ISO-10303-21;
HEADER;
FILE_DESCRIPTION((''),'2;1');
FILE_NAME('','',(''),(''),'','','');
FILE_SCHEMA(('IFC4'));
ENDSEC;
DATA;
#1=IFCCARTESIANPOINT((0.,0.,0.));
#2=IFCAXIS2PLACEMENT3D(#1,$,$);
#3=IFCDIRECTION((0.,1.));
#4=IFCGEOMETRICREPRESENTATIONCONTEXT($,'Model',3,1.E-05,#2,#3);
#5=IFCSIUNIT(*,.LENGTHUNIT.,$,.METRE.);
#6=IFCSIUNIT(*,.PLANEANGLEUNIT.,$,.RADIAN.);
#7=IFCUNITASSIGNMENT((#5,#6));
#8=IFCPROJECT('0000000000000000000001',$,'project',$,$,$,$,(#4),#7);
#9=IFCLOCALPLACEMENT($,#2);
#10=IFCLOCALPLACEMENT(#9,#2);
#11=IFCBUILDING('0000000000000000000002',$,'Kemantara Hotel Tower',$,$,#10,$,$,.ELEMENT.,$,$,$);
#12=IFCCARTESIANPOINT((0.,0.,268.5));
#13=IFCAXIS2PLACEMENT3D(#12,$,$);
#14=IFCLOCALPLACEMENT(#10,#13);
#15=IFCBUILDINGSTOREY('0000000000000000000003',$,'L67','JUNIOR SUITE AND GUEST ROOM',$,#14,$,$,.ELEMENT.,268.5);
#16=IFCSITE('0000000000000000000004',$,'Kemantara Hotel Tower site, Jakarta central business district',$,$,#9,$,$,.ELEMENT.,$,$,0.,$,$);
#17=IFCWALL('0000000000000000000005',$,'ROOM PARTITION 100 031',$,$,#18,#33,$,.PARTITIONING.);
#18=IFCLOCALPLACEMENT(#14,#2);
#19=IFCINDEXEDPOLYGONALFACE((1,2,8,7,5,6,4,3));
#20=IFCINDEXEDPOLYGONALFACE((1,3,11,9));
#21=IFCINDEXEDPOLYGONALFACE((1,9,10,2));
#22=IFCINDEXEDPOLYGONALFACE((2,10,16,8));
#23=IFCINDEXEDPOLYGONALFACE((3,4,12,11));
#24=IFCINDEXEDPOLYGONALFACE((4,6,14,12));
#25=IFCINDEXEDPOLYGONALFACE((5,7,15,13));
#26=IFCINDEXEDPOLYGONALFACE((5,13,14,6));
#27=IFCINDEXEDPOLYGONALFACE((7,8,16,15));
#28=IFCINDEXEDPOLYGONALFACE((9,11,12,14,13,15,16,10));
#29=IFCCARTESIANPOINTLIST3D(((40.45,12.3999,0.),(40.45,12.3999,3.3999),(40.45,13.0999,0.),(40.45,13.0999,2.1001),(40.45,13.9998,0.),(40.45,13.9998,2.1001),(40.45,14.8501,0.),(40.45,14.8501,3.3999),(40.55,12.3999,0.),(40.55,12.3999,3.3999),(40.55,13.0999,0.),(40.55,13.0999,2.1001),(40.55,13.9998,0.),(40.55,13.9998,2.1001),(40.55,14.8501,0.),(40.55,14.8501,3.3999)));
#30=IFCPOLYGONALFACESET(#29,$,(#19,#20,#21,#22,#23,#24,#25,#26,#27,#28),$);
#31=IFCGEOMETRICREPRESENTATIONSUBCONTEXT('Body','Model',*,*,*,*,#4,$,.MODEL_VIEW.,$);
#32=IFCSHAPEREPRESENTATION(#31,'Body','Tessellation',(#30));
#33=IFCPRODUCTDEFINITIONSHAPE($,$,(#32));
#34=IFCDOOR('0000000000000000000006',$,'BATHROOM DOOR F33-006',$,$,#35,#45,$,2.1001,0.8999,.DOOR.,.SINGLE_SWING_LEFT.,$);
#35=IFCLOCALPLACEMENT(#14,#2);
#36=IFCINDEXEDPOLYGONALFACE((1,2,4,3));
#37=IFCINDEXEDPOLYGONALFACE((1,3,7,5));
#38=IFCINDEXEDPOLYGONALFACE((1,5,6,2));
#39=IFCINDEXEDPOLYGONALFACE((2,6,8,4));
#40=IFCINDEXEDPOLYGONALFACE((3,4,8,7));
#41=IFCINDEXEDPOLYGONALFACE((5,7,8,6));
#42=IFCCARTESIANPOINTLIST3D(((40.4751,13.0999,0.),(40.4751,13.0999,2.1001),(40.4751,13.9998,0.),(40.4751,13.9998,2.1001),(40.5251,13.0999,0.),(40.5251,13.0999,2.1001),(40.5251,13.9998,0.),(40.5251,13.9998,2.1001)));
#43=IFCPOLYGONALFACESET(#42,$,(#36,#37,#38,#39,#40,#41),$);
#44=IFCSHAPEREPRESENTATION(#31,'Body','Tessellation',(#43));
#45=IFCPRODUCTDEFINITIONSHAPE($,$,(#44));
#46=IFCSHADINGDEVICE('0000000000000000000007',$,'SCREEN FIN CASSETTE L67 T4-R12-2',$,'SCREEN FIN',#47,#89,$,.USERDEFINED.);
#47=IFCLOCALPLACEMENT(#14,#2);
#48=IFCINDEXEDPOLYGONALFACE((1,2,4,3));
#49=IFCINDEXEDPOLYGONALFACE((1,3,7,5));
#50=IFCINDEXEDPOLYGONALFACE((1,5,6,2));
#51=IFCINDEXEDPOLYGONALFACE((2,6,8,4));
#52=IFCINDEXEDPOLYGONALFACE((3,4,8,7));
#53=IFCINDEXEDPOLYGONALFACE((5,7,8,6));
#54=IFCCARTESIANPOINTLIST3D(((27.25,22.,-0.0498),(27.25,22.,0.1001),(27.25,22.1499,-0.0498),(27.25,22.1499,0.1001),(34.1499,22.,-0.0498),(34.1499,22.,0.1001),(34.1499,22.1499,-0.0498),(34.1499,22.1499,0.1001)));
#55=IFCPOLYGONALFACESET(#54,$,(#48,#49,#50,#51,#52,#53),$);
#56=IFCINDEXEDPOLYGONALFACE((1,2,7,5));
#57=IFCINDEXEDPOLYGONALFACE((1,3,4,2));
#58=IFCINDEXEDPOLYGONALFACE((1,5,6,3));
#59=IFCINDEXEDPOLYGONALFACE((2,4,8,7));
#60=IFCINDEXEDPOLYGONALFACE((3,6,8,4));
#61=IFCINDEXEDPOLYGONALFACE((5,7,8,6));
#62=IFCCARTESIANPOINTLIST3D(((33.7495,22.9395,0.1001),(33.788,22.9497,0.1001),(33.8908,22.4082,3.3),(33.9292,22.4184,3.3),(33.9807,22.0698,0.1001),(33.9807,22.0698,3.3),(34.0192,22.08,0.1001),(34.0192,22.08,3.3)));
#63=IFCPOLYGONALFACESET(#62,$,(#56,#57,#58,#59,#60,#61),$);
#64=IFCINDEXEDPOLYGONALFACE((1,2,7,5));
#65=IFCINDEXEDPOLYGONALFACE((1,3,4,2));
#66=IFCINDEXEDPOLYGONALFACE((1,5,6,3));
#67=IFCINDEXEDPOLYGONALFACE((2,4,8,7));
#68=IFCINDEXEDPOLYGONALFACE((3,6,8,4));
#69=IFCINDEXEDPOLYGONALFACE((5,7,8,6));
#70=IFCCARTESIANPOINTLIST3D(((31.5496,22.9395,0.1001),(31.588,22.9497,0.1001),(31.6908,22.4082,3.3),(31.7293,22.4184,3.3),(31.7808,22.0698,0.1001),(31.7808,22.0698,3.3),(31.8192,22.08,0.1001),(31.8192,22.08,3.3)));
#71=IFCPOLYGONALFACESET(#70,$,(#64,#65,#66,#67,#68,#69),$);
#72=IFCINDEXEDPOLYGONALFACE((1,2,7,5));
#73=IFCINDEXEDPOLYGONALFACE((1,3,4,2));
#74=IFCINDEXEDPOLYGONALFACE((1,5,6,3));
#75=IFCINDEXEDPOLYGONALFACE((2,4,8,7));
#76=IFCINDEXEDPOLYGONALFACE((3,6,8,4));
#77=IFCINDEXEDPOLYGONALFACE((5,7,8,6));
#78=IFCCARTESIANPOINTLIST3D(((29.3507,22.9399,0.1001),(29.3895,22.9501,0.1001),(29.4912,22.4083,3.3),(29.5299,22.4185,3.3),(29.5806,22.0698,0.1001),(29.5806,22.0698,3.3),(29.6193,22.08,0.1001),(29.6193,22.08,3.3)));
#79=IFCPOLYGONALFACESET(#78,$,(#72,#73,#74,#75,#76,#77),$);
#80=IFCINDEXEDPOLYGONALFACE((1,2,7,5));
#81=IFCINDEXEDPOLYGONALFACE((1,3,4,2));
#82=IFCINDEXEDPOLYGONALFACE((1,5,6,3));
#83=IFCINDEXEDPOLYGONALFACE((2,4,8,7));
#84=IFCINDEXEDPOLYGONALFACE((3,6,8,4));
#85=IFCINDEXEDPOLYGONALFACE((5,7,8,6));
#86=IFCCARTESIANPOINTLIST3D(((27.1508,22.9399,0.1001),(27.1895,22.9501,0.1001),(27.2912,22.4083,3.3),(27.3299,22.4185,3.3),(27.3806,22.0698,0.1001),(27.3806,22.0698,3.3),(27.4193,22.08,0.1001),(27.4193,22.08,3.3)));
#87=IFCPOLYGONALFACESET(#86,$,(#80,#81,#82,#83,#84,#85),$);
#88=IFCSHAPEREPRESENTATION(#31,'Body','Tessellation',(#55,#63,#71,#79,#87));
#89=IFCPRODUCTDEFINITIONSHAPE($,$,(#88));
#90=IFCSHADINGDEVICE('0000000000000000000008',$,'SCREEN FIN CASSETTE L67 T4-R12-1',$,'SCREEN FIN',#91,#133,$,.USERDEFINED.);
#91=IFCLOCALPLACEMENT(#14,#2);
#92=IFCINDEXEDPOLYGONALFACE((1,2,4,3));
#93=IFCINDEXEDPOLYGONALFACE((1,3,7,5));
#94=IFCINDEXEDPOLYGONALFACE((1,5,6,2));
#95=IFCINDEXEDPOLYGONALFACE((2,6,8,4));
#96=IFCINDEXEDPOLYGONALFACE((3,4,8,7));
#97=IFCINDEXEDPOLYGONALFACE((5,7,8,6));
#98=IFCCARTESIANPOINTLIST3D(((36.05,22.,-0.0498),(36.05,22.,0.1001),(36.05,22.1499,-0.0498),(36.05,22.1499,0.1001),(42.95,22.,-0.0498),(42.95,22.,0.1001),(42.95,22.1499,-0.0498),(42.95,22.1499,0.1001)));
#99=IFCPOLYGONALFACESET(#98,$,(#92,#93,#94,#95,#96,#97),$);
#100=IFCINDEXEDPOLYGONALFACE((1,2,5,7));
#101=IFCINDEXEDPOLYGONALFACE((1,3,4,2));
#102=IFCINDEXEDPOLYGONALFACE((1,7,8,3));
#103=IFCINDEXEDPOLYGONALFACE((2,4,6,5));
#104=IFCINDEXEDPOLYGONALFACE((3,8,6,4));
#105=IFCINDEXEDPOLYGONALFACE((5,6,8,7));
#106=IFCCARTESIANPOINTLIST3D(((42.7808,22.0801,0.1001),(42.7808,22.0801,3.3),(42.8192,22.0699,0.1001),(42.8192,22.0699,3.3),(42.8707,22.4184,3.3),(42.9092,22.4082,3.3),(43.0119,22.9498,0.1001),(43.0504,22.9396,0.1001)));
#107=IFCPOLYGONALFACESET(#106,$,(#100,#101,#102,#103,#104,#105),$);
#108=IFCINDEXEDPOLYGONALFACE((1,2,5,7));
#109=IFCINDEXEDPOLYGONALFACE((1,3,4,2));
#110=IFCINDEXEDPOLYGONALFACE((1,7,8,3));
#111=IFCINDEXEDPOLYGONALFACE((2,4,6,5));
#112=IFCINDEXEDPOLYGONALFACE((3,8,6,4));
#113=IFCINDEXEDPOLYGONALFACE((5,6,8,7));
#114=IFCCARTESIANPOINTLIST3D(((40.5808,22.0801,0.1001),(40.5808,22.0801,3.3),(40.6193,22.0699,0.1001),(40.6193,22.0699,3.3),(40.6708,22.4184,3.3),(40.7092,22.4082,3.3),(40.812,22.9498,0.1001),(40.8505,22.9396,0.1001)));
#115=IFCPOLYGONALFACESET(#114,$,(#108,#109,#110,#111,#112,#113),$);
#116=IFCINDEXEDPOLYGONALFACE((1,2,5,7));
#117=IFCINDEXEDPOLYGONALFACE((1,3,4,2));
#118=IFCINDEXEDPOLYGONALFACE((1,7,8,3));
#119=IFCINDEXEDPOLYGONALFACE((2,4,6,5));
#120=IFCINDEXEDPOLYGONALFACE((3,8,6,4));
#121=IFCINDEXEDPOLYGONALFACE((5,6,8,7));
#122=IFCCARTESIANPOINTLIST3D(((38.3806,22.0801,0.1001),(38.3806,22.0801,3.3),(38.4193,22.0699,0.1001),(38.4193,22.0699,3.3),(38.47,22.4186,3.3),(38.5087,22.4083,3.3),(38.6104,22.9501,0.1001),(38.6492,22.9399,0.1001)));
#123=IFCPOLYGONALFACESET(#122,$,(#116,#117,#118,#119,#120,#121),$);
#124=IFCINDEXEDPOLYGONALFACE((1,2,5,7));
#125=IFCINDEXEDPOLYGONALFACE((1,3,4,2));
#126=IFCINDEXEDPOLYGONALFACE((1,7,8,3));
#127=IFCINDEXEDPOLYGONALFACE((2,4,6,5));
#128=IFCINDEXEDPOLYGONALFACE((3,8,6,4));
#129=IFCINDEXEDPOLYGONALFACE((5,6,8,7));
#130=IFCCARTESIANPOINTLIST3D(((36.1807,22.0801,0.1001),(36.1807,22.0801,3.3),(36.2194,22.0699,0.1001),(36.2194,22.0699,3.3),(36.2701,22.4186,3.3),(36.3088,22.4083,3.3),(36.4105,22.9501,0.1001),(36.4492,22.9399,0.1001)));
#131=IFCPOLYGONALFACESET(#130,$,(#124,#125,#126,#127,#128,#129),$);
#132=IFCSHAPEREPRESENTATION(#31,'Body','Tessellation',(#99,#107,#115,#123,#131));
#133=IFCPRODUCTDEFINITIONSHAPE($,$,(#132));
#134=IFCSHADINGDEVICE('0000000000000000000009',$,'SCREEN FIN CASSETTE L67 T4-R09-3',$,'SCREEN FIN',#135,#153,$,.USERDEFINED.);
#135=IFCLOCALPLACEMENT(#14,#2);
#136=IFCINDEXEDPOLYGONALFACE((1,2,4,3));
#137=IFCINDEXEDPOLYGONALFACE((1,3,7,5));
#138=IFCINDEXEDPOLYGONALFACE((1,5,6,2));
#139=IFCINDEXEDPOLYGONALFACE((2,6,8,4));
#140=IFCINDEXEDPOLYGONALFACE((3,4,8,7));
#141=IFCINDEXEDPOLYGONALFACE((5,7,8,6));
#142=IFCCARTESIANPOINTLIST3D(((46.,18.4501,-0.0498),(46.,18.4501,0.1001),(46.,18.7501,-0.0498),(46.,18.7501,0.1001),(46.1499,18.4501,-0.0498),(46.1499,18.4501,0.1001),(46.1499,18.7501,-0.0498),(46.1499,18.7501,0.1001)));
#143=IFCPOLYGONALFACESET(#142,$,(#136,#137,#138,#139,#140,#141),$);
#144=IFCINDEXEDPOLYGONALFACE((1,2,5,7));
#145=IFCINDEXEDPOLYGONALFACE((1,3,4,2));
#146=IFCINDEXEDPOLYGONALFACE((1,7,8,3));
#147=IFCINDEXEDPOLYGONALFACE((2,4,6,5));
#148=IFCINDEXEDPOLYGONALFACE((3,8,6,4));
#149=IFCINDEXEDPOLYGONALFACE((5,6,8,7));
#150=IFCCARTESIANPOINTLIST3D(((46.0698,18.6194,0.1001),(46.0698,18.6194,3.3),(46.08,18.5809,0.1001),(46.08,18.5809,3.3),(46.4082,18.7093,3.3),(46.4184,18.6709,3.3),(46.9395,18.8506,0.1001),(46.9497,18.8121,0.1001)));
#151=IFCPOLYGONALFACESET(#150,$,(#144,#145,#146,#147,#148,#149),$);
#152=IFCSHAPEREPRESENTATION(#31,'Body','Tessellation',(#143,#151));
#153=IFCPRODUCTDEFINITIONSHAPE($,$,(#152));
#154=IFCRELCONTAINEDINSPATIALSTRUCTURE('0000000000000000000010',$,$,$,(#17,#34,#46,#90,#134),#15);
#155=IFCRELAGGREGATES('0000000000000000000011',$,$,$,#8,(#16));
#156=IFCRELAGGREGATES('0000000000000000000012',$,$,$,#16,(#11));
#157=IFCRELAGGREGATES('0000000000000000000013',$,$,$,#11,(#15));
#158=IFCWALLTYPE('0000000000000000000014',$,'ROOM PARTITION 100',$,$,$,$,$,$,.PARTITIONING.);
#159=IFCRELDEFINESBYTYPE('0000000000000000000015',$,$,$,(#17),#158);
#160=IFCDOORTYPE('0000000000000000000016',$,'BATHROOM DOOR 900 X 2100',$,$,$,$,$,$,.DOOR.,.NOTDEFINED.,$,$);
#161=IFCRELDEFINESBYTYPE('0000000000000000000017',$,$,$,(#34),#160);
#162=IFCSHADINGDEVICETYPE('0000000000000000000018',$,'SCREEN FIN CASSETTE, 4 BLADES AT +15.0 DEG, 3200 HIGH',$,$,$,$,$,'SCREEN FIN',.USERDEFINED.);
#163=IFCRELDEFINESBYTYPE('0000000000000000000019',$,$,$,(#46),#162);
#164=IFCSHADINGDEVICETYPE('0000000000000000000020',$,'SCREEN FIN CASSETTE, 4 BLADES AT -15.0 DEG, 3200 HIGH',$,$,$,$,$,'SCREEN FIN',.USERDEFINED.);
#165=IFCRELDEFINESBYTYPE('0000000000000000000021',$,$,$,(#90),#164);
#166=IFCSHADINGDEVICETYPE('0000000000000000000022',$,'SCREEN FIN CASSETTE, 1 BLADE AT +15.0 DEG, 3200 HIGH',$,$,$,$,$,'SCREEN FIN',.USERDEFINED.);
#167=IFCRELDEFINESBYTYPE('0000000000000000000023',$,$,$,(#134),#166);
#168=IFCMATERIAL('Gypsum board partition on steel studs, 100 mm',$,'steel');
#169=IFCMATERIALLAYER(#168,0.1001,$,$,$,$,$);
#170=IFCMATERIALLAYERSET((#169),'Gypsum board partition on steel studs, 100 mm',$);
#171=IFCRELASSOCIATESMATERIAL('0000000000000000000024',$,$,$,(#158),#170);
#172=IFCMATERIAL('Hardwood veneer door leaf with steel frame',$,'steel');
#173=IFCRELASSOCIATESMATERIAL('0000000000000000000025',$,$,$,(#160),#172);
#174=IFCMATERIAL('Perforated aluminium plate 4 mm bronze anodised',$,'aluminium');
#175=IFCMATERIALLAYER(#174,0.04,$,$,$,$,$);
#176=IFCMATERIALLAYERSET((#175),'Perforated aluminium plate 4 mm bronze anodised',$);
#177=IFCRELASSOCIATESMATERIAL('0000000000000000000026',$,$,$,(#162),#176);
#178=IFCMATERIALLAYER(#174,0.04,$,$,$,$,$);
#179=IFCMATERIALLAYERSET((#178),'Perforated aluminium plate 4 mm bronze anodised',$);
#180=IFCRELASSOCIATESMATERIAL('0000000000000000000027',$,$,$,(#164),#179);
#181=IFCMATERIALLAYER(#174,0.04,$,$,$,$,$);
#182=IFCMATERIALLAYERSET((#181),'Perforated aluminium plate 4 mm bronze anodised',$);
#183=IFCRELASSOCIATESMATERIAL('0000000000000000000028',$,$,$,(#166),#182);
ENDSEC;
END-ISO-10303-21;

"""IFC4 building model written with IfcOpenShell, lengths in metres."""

from ifc_helpers import new_model, si_unit, direction, frame, frame_2d, origin, origin_2d, place, context, subcontext, project, spatial, polyline, rectangle, outline, extrude, source, transform, mapped, material, layer, layer_set, type_object, element, fill, save


model = new_model("IFC4")

# Units and contexts
model_context = context("Model", 3, precision=1e-05, world=origin(), true_north=direction((0.0, 1.0)))
body_context = subcontext(model_context, "Body", "Model", "MODEL_VIEW")
ifc_project = project(units=[si_unit("LENGTHUNIT", "METRE"), si_unit("PLANEANGLEUNIT", "RADIAN")], contexts=[model_context])

# Site, building, storey
site_placement = place(None, origin())
site = spatial("IfcSite", under=ifc_project, at=site_placement, Name="Kemantara Hotel Tower site, Jakarta central business district", CompositionType="ELEMENT", RefElevation=0.0)
building_placement = place(site_placement, origin())
building = spatial("IfcBuilding", under=site, at=building_placement, Name="Kemantara Hotel Tower", CompositionType="ELEMENT")
storey_placement = place(building_placement, frame((0.0, 0.0, 268.5)))
storey = spatial("IfcBuildingStorey", under=building, at=storey_placement, Name="L67", Description="JUNIOR SUITE AND GUEST ROOM", CompositionType="ELEMENT", Elevation=268.5)

# Shared definitions
ifc_material_1 = material(Name="Gypsum board partition on steel studs, 100 mm", Category="steel")
ifc_layer_1 = layer(ifc_material_1, 0.1001)
ifc_layer_set_1 = layer_set([ifc_layer_1], Name="Gypsum board partition on steel studs, 100 mm")
wall_type_1 = type_object("IfcWallType", Name="ROOM PARTITION 100", PredefinedType="PARTITIONING", material=ifc_layer_set_1)

# Wall, opening, door
wall_1_placement = place(storey_placement, frame((40.5, 12.3999, 0.0), z_axis=(0.0, 0.0, 1.0), x_axis=(0.0, 1.0, 0.0)))
wall_1 = element("IfcWall", 1, at=wall_1_placement, inside=storey, type_object=wall_type_1, Name="ROOM PARTITION 100 031", PredefinedType="PARTITIONING", context=body_context, shape_type="SweptSolid", body=[
    extrude(rectangle(XDim=2.4502, YDim=0.1001, at=frame_2d((1.2251, 0.0))), origin(), (0.0, 0.0, 1.0), 3.3999),
])
opening_placement = place(wall_1_placement, frame((0.7, 0.0, 0.0)))
opening = element("IfcOpeningElement", 2, at=opening_placement, cuts=wall_1, PredefinedType="OPENING", context=body_context, shape_type="SweptSolid", body=[
    extrude(rectangle(XDim=0.8999, YDim=2.1001, at=frame_2d((0.45, 1.05))), frame((0.0, 0.0601, 0.0), z_axis=(0.0, -1.0, 0.0), x_axis=(1.0, 0.0, 0.0)), (0.0, 0.0, 1.0), 0.1201),
])
ifc_material_2 = material(Name="Hardwood veneer door leaf with steel frame", Category="steel")
door_type = type_object("IfcDoorType", Name="BATHROOM DOOR 900 X 2100", OperationType="NOTDEFINED", PredefinedType="DOOR", material=ifc_material_2)
door_placement = place(opening_placement, origin())
door = element("IfcDoor", 3, at=door_placement, inside=storey, type_object=door_type, Name="BATHROOM DOOR F33-006", OperationType="SINGLE_SWING_LEFT", OverallHeight=2.1001, OverallWidth=0.8999, PredefinedType="DOOR", context=body_context, shape_type="SweptSolid", body=[
    extrude(rectangle(XDim=0.8999, YDim=2.1001, at=frame_2d((0.45, 1.05))), frame((0.0, 0.0249, 0.0), z_axis=(0.0, -1.0, 0.0), x_axis=(1.0, 0.0, 0.0)), (0.0, 0.0, 1.0), 0.05),
])
fill(opening, door)

# Shading devices
ifc_material_3 = material(Name="Perforated aluminium plate 4 mm bronze anodised", Category="aluminium")
ifc_layer_2 = layer(ifc_material_3, 0.04)
ifc_layer_set_2 = layer_set([ifc_layer_2], Name="Perforated aluminium plate 4 mm bronze anodised")
shading_device_type_1 = type_object("IfcShadingDeviceType", Name="SCREEN FIN CASSETTE, 4 BLADES AT +15.0 DEG, 3200 HIGH", ElementType="SCREEN FIN", PredefinedType="USERDEFINED", material=ifc_layer_set_2)
shared_shape_1 = source(origin(), body_context, "Body", "SweptSolid", [
    extrude(rectangle(XDim=6.8999, YDim=0.1499, at=origin_2d()), frame((3.3, -0.075, -0.1499), z_axis=(0.0, 0.0, 1.0), x_axis=(1.0, 0.0, 0.0)), (0.0, 0.0, 1.0), 0.1499),
    extrude(outline(polyline([(0.0, 0.0), (0.8999, 0.0), (0.3501, 3.2), (0.0, 3.2), (0.0, 0.0)])), frame((0.0193, -0.0698, 0.0), z_axis=(-0.966438, -0.256901, 0.0), x_axis=(0.256901, -0.966438, 0.0)), (0.0, 0.0, 1.0), 0.0398),
    extrude(outline(polyline([(0.0, 0.0), (0.8999, 0.0), (0.3501, 3.2), (0.0, 3.2), (0.0, 0.0)])), frame((2.2192, -0.0698, 0.0), z_axis=(-0.966438, -0.256901, 0.0), x_axis=(0.256901, -0.966438, 0.0)), (0.0, 0.0, 1.0), 0.0398),
    extrude(outline(polyline([(0.0, 0.0), (0.8999, 0.0), (0.3501, 3.2), (0.0, 3.2), (0.0, 0.0)])), frame((4.4194, -0.0698, 0.0), z_axis=(-0.966838, -0.255391, 0.0), x_axis=(0.255391, -0.966838, 0.0)), (0.0, 0.0, 1.0), 0.04),
    extrude(outline(polyline([(0.0, 0.0), (0.8999, 0.0), (0.3501, 3.2), (0.0, 3.2), (0.0, 0.0)])), frame((6.6194, -0.0698, 0.0), z_axis=(-0.966838, -0.255391, 0.0), x_axis=(0.255391, -0.966838, 0.0)), (0.0, 0.0, 1.0), 0.04),
])
shading_device_1_placement = place(storey_placement, frame((34.0, 22.0, 0.1001), z_axis=(0.0, 0.0, 1.0), x_axis=(-1.0, 0.0, 0.0)))
element("IfcShadingDevice", 4, at=shading_device_1_placement, inside=storey, type_object=shading_device_type_1, Name="SCREEN FIN CASSETTE L67 T4-R12-2", ObjectType="SCREEN FIN", PredefinedType="USERDEFINED", context=body_context, shape_type="MappedRepresentation", body=[
    mapped(shared_shape_1, transform((0.0, 0.0, 0.0))),
])
ifc_layer_3 = layer(ifc_material_3, 0.04)
ifc_layer_set_3 = layer_set([ifc_layer_3], Name="Perforated aluminium plate 4 mm bronze anodised")
shading_device_type_2 = type_object("IfcShadingDeviceType", Name="SCREEN FIN CASSETTE, 4 BLADES AT -15.0 DEG, 3200 HIGH", ElementType="SCREEN FIN", PredefinedType="USERDEFINED", material=ifc_layer_set_3)
shared_shape_2 = source(origin(), body_context, "Body", "SweptSolid", [
    extrude(rectangle(XDim=6.8999, YDim=0.1499, at=origin_2d()), frame((3.3, -0.075, -0.1499), z_axis=(0.0, 0.0, 1.0), x_axis=(1.0, 0.0, 0.0)), (0.0, 0.0, 1.0), 0.1499),
    extrude(outline(polyline([(0.0, 0.0), (0.8999, 0.0), (0.3501, 3.2), (0.0, 3.2), (0.0, 0.0)])), frame((0.0193, -0.0801, 0.0), z_axis=(-0.966438, 0.256901, 0.0), x_axis=(-0.256901, -0.966438, 0.0)), (0.0, 0.0, 1.0), 0.0398),
    extrude(outline(polyline([(0.0, 0.0), (0.8999, 0.0), (0.3501, 3.2), (0.0, 3.2), (0.0, 0.0)])), frame((2.2192, -0.0801, 0.0), z_axis=(-0.966438, 0.256901, 0.0), x_axis=(-0.256901, -0.966438, 0.0)), (0.0, 0.0, 1.0), 0.0398),
    extrude(outline(polyline([(0.0, 0.0), (0.8999, 0.0), (0.3501, 3.2), (0.0, 3.2), (0.0, 0.0)])), frame((4.4194, -0.0801, 0.0), z_axis=(-0.966838, 0.255391, 0.0), x_axis=(-0.255391, -0.966838, 0.0)), (0.0, 0.0, 1.0), 0.04),
    extrude(outline(polyline([(0.0, 0.0), (0.8999, 0.0), (0.3501, 3.2), (0.0, 3.2), (0.0, 0.0)])), frame((6.6194, -0.0801, 0.0), z_axis=(-0.966838, 0.255391, 0.0), x_axis=(-0.255391, -0.966838, 0.0)), (0.0, 0.0, 1.0), 0.04),
])
shading_device_2_placement = place(storey_placement, frame((42.8, 22.0, 0.1001), z_axis=(0.0, 0.0, 1.0), x_axis=(-1.0, 0.0, 0.0)))
element("IfcShadingDevice", 5, at=shading_device_2_placement, inside=storey, type_object=shading_device_type_2, Name="SCREEN FIN CASSETTE L67 T4-R12-1", ObjectType="SCREEN FIN", PredefinedType="USERDEFINED", context=body_context, shape_type="MappedRepresentation", body=[
    mapped(shared_shape_2, transform((0.0, 0.0, 0.0))),
])
ifc_layer_4 = layer(ifc_material_3, 0.04)
ifc_layer_set_4 = layer_set([ifc_layer_4], Name="Perforated aluminium plate 4 mm bronze anodised")
shading_device_type_3 = type_object("IfcShadingDeviceType", Name="SCREEN FIN CASSETTE, 1 BLADE AT +15.0 DEG, 3200 HIGH", ElementType="SCREEN FIN", PredefinedType="USERDEFINED", material=ifc_layer_set_4)
shared_shape_3 = source(origin(), body_context, "Body", "SweptSolid", [
    extrude(rectangle(XDim=0.3, YDim=0.1499, at=origin_2d()), frame((0.0, -0.075, -0.1499), z_axis=(0.0, 0.0, 1.0), x_axis=(1.0, 0.0, 0.0)), (0.0, 0.0, 1.0), 0.1499),
    extrude(outline(polyline([(0.0, 0.0), (0.8999, 0.0), (0.3501, 3.2), (0.0, 3.2), (0.0, 0.0)])), frame((0.0193, -0.0698, 0.0), z_axis=(-0.966438, -0.256901, 0.0), x_axis=(0.256901, -0.966438, 0.0)), (0.0, 0.0, 1.0), 0.0398),
])
shading_device_3_placement = place(storey_placement, frame((46.0, 18.6001, 0.1001), z_axis=(0.0, 0.0, 1.0), x_axis=(0.0, 1.0, 0.0)))
element("IfcShadingDevice", 6, at=shading_device_3_placement, inside=storey, type_object=shading_device_type_3, Name="SCREEN FIN CASSETTE L67 T4-R09-3", ObjectType="SCREEN FIN", PredefinedType="USERDEFINED", context=body_context, shape_type="MappedRepresentation", body=[
    mapped(shared_shape_3, transform((0.0, 0.0, 0.0))),
])

save(model, "model.ifc")
